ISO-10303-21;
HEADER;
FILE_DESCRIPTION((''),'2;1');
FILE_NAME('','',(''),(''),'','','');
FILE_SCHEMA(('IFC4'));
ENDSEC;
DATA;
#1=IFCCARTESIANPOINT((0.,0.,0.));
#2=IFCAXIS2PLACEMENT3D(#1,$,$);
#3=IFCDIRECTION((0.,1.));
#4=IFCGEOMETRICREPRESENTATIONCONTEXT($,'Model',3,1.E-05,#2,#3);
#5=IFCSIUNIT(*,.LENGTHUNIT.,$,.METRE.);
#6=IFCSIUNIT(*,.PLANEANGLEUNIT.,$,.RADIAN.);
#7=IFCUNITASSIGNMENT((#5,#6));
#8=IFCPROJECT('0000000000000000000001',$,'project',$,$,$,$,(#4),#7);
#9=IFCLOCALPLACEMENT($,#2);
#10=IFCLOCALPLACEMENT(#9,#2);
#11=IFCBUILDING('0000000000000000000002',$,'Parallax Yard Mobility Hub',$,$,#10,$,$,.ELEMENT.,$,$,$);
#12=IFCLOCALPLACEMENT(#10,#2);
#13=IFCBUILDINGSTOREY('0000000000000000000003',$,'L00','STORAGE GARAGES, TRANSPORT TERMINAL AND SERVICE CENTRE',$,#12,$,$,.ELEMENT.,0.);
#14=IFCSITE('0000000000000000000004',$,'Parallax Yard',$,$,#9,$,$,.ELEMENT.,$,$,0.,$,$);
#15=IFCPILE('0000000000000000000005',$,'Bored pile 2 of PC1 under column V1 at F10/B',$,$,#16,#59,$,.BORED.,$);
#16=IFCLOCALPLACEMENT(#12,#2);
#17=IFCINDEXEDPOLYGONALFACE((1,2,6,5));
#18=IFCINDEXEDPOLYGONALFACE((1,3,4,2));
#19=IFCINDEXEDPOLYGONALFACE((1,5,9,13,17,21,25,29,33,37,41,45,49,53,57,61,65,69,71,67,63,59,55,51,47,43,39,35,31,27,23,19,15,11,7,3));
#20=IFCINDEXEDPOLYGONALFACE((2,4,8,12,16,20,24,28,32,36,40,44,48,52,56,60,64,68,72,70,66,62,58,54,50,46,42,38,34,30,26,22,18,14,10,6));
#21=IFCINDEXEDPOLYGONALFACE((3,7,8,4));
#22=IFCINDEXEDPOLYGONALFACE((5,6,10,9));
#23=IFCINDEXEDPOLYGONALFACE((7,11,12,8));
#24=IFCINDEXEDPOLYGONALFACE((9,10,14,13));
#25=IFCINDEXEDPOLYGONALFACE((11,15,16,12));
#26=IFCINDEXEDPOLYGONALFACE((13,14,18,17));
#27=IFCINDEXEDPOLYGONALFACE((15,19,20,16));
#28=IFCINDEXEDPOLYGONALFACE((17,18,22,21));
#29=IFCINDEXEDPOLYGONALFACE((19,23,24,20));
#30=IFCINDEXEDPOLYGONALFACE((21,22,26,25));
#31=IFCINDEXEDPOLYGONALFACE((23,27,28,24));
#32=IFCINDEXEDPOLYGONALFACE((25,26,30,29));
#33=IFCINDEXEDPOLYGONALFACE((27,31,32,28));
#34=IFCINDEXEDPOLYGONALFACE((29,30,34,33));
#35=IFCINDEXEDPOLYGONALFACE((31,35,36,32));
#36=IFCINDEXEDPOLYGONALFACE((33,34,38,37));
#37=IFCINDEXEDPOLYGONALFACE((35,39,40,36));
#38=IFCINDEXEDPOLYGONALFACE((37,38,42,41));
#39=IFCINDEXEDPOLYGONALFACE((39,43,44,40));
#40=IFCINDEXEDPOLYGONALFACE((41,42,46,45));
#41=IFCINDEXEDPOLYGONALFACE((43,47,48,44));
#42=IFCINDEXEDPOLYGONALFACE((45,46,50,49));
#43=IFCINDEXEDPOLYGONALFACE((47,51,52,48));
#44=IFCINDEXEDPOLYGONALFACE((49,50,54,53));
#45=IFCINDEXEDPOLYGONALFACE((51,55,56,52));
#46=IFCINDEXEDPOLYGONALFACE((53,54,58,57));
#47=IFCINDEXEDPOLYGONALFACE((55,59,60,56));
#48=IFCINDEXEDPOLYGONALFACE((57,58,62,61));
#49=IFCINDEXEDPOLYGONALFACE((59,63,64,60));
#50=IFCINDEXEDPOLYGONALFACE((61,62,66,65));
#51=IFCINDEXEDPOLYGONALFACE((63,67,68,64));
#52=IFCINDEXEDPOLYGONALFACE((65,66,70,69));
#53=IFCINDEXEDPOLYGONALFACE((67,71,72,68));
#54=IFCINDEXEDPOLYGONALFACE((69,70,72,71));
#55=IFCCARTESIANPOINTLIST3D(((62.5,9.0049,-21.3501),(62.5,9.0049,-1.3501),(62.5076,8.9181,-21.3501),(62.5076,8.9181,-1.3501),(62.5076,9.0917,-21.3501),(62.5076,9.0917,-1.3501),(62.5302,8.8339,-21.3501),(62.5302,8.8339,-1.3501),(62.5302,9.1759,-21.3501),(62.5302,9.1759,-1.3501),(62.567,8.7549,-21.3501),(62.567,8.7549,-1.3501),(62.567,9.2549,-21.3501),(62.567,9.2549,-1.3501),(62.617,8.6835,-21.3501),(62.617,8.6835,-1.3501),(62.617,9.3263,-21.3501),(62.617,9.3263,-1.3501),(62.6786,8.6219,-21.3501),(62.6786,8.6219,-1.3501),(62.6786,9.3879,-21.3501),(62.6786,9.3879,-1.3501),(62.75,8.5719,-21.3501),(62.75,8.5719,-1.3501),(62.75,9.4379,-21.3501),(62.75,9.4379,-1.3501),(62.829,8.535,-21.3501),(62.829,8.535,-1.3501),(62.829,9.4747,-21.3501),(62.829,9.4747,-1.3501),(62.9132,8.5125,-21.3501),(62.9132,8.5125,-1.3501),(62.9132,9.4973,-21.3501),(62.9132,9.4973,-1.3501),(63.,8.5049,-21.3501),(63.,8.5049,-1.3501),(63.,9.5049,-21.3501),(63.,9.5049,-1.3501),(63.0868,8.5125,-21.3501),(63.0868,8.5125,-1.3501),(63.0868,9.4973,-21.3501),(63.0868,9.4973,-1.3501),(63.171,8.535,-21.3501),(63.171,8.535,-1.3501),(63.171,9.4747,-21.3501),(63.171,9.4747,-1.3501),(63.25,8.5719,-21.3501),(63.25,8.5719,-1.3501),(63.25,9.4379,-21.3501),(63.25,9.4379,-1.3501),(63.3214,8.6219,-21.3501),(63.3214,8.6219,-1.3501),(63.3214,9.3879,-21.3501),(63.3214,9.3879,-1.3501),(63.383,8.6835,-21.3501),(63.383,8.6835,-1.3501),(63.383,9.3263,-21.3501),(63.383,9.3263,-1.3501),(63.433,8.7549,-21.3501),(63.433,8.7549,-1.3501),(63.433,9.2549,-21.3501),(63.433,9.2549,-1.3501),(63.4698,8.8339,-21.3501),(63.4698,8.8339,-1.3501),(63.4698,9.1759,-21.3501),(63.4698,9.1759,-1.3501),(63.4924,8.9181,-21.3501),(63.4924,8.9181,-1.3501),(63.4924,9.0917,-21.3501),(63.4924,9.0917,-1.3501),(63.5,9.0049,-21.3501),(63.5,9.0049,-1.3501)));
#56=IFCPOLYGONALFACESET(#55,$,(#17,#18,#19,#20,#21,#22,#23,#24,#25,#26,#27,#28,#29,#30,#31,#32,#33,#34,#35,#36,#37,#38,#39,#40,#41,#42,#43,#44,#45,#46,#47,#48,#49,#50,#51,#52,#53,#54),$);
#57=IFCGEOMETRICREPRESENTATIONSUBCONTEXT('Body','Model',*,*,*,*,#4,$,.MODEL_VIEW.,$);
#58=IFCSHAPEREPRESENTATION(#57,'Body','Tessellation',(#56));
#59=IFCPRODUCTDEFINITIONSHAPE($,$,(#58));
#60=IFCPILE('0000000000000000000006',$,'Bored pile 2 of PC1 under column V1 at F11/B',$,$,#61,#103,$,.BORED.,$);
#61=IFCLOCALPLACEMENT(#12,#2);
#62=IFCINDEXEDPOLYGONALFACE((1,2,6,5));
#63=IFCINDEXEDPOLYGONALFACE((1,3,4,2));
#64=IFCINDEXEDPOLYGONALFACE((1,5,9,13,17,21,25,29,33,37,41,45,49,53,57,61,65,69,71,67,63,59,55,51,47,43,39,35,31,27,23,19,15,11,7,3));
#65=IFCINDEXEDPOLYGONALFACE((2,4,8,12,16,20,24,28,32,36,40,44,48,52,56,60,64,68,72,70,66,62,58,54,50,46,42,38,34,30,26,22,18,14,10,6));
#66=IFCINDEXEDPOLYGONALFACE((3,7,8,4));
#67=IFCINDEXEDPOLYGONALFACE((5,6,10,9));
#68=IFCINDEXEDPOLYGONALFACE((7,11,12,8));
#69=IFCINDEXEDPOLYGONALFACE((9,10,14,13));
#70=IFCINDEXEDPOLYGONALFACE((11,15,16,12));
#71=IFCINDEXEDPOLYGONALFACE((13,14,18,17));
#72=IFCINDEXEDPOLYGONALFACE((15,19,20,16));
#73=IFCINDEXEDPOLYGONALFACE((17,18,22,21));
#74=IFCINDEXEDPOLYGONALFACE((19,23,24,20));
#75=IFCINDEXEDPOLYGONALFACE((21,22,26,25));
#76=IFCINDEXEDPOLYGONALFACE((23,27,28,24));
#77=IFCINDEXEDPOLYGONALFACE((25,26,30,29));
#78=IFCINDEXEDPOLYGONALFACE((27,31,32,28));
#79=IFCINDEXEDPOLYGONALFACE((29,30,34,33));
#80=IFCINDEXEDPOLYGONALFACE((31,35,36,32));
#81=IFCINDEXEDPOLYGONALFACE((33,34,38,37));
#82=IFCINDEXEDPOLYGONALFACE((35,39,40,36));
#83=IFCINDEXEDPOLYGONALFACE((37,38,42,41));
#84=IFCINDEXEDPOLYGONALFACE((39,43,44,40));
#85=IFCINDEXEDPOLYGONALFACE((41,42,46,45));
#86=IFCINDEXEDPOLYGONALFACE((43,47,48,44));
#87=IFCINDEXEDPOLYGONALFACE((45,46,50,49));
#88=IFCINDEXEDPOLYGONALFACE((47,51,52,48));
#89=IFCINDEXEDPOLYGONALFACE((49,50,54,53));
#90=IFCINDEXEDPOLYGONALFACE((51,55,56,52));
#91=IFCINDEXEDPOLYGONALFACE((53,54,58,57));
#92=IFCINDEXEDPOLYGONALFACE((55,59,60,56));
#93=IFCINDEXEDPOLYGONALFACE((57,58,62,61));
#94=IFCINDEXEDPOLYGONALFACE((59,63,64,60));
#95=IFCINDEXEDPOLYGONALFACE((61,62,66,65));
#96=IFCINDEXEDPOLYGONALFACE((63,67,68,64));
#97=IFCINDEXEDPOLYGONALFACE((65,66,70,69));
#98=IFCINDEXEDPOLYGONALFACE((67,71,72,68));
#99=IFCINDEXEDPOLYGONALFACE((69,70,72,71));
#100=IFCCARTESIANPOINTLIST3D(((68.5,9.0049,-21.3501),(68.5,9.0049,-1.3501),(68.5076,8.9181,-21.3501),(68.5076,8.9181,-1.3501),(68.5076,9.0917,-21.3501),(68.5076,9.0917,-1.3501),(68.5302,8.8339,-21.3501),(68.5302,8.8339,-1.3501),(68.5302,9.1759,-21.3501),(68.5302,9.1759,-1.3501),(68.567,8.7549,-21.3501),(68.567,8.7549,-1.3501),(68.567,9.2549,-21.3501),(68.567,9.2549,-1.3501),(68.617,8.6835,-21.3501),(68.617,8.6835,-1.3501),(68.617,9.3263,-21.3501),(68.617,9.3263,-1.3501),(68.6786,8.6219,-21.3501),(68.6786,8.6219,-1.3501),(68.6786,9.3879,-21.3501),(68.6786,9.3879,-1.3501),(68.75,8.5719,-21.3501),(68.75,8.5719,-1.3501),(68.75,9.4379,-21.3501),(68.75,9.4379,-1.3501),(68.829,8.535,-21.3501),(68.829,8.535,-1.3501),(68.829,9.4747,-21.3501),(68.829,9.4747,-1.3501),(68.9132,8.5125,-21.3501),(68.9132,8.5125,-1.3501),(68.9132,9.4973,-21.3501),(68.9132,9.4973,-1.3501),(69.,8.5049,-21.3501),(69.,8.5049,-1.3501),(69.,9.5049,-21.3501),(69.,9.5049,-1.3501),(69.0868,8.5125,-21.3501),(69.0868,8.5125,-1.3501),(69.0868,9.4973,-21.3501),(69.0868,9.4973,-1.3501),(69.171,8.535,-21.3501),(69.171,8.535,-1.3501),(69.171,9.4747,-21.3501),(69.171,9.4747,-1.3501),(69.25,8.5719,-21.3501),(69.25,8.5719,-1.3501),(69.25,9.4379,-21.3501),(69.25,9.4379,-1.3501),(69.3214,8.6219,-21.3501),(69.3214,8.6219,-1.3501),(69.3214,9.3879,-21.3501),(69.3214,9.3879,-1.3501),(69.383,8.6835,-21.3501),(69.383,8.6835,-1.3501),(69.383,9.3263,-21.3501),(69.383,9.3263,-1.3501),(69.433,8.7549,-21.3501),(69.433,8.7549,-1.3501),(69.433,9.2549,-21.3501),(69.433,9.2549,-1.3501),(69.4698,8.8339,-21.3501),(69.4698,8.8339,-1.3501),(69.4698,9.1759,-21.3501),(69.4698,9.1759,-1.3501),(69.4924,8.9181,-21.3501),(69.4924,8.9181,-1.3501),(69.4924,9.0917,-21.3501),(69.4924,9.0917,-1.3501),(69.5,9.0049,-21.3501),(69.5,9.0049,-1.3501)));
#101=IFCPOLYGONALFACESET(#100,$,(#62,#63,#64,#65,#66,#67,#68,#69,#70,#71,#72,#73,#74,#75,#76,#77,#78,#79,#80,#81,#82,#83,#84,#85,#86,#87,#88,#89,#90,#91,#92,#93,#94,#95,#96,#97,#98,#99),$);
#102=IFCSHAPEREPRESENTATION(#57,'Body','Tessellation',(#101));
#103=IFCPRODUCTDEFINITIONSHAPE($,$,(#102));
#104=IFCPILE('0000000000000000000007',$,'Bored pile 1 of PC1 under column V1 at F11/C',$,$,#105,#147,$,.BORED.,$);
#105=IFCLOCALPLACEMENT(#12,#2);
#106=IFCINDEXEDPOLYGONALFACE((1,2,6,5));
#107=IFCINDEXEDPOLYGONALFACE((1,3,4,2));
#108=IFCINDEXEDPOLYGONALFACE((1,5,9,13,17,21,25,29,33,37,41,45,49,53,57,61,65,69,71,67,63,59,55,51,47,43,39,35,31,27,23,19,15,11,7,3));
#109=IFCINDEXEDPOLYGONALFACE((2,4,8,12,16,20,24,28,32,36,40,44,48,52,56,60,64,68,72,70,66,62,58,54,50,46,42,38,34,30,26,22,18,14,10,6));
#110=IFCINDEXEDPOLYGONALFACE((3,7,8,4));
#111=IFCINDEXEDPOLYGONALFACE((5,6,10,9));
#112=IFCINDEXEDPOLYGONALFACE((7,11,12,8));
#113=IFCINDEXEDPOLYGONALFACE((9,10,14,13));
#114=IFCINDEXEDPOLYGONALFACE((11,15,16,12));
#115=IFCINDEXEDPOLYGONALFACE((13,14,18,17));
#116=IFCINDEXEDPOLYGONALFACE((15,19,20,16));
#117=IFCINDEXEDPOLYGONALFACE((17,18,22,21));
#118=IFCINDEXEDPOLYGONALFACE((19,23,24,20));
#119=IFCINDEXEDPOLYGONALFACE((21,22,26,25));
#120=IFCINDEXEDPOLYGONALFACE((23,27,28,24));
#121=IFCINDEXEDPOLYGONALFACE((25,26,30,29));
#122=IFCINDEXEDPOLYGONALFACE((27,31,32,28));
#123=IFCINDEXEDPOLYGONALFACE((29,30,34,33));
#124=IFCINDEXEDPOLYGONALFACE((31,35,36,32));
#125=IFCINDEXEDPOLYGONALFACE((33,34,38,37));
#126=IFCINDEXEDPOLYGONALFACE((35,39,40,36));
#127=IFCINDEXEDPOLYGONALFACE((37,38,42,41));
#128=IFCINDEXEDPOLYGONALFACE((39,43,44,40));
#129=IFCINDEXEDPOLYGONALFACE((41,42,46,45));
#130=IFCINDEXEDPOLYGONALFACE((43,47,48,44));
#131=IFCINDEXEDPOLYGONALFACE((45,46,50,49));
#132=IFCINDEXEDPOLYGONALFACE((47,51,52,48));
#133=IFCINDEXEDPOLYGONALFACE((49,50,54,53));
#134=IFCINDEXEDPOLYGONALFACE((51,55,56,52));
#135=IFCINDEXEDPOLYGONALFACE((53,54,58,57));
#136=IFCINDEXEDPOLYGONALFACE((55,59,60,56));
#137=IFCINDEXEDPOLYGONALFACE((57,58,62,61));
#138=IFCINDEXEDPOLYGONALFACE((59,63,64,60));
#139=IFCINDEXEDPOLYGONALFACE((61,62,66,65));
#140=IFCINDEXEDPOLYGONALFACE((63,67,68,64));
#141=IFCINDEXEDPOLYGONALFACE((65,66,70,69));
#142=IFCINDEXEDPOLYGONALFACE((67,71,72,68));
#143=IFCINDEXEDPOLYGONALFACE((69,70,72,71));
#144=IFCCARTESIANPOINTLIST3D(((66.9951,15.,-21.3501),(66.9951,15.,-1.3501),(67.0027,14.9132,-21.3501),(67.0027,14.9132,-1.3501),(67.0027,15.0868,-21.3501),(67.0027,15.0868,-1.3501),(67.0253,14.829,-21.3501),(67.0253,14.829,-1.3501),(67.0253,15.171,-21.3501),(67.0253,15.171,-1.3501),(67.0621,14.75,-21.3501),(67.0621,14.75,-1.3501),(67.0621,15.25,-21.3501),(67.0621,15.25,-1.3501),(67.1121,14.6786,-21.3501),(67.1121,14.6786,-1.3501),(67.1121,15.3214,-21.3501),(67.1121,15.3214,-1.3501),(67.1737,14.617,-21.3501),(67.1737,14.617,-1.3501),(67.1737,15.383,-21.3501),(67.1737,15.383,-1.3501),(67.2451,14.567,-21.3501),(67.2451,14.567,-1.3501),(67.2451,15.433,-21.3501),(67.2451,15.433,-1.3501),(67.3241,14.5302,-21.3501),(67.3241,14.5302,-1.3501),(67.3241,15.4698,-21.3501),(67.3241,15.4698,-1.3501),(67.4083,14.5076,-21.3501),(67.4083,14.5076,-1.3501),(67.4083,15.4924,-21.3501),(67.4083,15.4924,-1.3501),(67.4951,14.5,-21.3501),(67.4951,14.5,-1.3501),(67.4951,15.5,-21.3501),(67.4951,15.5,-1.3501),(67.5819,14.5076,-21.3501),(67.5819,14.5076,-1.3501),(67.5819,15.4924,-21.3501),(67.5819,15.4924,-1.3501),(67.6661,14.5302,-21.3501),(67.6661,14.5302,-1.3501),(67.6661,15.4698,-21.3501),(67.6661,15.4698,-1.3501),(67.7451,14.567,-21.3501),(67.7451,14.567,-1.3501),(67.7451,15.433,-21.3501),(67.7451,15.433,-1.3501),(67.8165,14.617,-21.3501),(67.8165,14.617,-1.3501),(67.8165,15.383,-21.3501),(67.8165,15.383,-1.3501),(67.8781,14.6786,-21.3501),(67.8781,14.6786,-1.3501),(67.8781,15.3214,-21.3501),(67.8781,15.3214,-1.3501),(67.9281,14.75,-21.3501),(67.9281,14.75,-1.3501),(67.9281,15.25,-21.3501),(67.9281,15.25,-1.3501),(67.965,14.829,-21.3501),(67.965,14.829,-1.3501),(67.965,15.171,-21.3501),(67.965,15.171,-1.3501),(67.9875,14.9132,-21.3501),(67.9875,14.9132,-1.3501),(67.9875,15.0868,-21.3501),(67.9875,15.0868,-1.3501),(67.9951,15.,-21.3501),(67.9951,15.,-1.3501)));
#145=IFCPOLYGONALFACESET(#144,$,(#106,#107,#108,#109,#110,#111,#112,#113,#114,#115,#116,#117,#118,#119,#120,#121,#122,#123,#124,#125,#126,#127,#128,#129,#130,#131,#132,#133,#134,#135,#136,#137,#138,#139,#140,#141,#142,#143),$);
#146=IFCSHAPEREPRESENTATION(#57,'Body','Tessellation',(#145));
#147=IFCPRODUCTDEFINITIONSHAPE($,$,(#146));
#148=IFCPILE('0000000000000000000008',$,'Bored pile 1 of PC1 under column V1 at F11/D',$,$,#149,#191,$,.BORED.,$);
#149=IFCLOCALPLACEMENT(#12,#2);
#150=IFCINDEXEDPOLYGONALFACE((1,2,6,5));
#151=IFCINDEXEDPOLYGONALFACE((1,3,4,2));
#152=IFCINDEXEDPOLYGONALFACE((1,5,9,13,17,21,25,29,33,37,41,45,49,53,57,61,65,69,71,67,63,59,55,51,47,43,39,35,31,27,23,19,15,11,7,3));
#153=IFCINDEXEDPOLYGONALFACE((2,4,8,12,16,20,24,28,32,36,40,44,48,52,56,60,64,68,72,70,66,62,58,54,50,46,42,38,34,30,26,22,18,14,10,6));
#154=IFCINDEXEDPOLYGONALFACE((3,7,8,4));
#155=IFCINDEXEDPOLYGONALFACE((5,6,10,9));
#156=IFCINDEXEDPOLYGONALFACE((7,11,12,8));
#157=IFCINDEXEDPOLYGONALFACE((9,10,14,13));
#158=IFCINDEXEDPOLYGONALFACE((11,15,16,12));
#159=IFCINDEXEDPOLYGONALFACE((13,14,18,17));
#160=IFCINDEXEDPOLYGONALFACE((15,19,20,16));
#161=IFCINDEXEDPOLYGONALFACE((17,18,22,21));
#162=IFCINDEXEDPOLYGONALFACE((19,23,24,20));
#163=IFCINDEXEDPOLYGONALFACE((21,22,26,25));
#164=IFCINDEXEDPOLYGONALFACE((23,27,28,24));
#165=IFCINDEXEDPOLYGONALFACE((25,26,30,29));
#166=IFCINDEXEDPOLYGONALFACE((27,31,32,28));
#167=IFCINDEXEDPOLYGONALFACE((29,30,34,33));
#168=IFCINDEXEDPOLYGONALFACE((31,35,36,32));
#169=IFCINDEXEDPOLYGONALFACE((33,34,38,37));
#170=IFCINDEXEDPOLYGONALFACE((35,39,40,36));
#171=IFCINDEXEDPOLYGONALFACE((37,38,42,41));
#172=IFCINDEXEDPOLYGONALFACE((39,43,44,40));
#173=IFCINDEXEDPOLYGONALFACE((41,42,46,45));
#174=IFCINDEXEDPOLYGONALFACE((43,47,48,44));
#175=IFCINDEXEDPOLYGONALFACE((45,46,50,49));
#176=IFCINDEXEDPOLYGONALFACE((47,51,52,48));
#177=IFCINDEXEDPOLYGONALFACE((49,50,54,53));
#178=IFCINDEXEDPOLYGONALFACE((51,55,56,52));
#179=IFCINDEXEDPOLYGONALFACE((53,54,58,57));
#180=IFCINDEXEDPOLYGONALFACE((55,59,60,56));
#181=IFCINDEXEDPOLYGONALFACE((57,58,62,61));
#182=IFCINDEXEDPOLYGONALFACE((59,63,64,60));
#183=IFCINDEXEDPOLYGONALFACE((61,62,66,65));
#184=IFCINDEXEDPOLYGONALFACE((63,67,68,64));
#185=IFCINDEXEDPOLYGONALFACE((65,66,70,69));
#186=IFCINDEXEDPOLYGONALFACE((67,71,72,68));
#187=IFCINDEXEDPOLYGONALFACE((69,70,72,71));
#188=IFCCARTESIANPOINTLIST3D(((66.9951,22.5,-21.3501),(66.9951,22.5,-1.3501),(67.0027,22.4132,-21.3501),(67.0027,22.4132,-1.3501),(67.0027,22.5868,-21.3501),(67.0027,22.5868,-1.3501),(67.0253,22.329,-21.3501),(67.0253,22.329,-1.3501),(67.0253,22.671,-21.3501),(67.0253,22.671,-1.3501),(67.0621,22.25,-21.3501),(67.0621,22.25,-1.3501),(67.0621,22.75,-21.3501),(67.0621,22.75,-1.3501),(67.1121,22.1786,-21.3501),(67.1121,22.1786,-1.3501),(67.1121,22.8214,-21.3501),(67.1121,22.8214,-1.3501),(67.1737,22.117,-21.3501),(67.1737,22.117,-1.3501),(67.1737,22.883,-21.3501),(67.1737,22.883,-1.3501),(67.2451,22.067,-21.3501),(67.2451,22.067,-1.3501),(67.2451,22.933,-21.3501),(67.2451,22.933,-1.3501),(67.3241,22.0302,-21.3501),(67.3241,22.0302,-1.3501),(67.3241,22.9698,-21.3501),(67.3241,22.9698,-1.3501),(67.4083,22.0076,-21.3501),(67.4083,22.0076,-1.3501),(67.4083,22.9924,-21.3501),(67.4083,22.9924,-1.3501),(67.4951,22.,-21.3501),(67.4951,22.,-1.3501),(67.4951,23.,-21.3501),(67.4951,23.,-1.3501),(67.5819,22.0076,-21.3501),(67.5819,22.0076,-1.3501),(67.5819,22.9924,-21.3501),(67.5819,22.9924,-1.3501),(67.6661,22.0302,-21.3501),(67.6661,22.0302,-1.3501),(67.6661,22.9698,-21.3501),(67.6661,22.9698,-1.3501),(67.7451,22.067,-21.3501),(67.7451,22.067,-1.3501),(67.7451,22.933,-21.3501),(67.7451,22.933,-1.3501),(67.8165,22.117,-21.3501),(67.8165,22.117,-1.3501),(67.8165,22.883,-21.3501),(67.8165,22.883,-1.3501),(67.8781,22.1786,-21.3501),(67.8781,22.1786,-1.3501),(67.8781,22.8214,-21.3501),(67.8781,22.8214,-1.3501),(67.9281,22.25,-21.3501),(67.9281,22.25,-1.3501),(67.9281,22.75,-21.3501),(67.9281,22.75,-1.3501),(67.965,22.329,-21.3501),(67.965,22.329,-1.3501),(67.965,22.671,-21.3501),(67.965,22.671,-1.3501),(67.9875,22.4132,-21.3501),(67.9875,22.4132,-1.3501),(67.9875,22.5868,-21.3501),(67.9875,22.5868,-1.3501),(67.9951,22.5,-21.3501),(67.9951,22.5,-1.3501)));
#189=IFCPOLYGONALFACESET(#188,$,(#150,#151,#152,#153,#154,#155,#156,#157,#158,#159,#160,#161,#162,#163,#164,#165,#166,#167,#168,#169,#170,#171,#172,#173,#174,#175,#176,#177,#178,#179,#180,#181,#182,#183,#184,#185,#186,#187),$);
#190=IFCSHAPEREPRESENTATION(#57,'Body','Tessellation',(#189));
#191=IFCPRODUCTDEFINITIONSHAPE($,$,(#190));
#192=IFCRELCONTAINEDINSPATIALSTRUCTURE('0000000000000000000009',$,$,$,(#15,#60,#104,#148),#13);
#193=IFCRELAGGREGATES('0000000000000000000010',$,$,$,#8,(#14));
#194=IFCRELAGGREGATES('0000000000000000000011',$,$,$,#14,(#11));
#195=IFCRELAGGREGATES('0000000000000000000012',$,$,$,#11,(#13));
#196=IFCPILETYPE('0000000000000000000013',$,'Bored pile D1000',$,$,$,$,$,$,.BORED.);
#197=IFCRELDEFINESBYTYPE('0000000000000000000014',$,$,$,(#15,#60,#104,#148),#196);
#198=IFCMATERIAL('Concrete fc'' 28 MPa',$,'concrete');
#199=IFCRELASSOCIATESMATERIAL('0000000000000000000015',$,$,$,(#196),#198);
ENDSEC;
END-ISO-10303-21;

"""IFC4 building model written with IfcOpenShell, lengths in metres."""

from ifc_helpers import new_model, si_unit, direction, frame, origin, origin_2d, place, context, subcontext, project, spatial, circle, extrude, material, material_profile, profile_set, type_object, element, save


model = new_model("IFC4")

# Units and contexts
model_context = context("Model", 3, precision=1e-05, world=origin(), true_north=direction((0.0, 1.0)))
body_context = subcontext(model_context, "Body", "Model", "MODEL_VIEW")
ifc_project = project(units=[si_unit("LENGTHUNIT", "METRE"), si_unit("PLANEANGLEUNIT", "RADIAN")], contexts=[model_context])

# Site, building, storey
site_placement = place(None, origin())
site = spatial("IfcSite", under=ifc_project, at=site_placement, Name="Parallax Yard", CompositionType="ELEMENT", RefElevation=0.0)
building_placement = place(site_placement, origin())
building = spatial("IfcBuilding", under=site, at=building_placement, Name="Parallax Yard Mobility Hub", CompositionType="ELEMENT")
storey_placement = place(building_placement, origin())
storey = spatial("IfcBuildingStorey", under=building, at=storey_placement, Name="L00", Description="STORAGE GARAGES, TRANSPORT TERMINAL AND SERVICE CENTRE", CompositionType="ELEMENT", Elevation=0.0)

# Piles
ifc_material_1 = material(Name="Concrete fc' 28 MPa", Category="concrete")
ifc_material_profile_1 = material_profile(ifc_material_1, circle(Radius=0.5, at=origin_2d()), Name="Bored pile D1000")
ifc_profile_set_1 = profile_set([ifc_material_profile_1], Name="Concrete fc' 28 MPa")
pile_type = type_object("IfcPileType", Name="Bored pile D1000", PredefinedType="BORED", material=ifc_profile_set_1)
for number, where, z_axis, x_axis, name in (
    (1, (63.0, 9.0049, -1.3501), (0.0, 0.0, -1.0), (1.0, 0.0, 0.0), "Bored pile 2 of PC1 under column V1 at F10/B"),
    (2, (69.0, 9.0049, -1.3501), (0.0, 0.0, -1.0), (1.0, 0.0, 0.0), "Bored pile 2 of PC1 under column V1 at F11/B"),
    (3, (67.4951, 15.0, -1.3501), (0.0, 0.0, -1.0), (1.0, 0.0, 0.0), "Bored pile 1 of PC1 under column V1 at F11/C"),
    (4, (67.4951, 22.5, -1.3501), (0.0, 0.0, -1.0), (1.0, 0.0, 0.0), "Bored pile 1 of PC1 under column V1 at F11/D"),
):
    element("IfcPile", number, at=place(storey_placement, frame(where, z_axis=z_axis, x_axis=x_axis)), inside=storey, type_object=pile_type, Name=name, PredefinedType="BORED", context=body_context, shape_type="SweptSolid", body=[
        extrude(circle(Radius=0.5, at=origin_2d()), origin(), (0.0, 0.0, 1.0), 20.0),
    ])

save(model, "model.ifc")
